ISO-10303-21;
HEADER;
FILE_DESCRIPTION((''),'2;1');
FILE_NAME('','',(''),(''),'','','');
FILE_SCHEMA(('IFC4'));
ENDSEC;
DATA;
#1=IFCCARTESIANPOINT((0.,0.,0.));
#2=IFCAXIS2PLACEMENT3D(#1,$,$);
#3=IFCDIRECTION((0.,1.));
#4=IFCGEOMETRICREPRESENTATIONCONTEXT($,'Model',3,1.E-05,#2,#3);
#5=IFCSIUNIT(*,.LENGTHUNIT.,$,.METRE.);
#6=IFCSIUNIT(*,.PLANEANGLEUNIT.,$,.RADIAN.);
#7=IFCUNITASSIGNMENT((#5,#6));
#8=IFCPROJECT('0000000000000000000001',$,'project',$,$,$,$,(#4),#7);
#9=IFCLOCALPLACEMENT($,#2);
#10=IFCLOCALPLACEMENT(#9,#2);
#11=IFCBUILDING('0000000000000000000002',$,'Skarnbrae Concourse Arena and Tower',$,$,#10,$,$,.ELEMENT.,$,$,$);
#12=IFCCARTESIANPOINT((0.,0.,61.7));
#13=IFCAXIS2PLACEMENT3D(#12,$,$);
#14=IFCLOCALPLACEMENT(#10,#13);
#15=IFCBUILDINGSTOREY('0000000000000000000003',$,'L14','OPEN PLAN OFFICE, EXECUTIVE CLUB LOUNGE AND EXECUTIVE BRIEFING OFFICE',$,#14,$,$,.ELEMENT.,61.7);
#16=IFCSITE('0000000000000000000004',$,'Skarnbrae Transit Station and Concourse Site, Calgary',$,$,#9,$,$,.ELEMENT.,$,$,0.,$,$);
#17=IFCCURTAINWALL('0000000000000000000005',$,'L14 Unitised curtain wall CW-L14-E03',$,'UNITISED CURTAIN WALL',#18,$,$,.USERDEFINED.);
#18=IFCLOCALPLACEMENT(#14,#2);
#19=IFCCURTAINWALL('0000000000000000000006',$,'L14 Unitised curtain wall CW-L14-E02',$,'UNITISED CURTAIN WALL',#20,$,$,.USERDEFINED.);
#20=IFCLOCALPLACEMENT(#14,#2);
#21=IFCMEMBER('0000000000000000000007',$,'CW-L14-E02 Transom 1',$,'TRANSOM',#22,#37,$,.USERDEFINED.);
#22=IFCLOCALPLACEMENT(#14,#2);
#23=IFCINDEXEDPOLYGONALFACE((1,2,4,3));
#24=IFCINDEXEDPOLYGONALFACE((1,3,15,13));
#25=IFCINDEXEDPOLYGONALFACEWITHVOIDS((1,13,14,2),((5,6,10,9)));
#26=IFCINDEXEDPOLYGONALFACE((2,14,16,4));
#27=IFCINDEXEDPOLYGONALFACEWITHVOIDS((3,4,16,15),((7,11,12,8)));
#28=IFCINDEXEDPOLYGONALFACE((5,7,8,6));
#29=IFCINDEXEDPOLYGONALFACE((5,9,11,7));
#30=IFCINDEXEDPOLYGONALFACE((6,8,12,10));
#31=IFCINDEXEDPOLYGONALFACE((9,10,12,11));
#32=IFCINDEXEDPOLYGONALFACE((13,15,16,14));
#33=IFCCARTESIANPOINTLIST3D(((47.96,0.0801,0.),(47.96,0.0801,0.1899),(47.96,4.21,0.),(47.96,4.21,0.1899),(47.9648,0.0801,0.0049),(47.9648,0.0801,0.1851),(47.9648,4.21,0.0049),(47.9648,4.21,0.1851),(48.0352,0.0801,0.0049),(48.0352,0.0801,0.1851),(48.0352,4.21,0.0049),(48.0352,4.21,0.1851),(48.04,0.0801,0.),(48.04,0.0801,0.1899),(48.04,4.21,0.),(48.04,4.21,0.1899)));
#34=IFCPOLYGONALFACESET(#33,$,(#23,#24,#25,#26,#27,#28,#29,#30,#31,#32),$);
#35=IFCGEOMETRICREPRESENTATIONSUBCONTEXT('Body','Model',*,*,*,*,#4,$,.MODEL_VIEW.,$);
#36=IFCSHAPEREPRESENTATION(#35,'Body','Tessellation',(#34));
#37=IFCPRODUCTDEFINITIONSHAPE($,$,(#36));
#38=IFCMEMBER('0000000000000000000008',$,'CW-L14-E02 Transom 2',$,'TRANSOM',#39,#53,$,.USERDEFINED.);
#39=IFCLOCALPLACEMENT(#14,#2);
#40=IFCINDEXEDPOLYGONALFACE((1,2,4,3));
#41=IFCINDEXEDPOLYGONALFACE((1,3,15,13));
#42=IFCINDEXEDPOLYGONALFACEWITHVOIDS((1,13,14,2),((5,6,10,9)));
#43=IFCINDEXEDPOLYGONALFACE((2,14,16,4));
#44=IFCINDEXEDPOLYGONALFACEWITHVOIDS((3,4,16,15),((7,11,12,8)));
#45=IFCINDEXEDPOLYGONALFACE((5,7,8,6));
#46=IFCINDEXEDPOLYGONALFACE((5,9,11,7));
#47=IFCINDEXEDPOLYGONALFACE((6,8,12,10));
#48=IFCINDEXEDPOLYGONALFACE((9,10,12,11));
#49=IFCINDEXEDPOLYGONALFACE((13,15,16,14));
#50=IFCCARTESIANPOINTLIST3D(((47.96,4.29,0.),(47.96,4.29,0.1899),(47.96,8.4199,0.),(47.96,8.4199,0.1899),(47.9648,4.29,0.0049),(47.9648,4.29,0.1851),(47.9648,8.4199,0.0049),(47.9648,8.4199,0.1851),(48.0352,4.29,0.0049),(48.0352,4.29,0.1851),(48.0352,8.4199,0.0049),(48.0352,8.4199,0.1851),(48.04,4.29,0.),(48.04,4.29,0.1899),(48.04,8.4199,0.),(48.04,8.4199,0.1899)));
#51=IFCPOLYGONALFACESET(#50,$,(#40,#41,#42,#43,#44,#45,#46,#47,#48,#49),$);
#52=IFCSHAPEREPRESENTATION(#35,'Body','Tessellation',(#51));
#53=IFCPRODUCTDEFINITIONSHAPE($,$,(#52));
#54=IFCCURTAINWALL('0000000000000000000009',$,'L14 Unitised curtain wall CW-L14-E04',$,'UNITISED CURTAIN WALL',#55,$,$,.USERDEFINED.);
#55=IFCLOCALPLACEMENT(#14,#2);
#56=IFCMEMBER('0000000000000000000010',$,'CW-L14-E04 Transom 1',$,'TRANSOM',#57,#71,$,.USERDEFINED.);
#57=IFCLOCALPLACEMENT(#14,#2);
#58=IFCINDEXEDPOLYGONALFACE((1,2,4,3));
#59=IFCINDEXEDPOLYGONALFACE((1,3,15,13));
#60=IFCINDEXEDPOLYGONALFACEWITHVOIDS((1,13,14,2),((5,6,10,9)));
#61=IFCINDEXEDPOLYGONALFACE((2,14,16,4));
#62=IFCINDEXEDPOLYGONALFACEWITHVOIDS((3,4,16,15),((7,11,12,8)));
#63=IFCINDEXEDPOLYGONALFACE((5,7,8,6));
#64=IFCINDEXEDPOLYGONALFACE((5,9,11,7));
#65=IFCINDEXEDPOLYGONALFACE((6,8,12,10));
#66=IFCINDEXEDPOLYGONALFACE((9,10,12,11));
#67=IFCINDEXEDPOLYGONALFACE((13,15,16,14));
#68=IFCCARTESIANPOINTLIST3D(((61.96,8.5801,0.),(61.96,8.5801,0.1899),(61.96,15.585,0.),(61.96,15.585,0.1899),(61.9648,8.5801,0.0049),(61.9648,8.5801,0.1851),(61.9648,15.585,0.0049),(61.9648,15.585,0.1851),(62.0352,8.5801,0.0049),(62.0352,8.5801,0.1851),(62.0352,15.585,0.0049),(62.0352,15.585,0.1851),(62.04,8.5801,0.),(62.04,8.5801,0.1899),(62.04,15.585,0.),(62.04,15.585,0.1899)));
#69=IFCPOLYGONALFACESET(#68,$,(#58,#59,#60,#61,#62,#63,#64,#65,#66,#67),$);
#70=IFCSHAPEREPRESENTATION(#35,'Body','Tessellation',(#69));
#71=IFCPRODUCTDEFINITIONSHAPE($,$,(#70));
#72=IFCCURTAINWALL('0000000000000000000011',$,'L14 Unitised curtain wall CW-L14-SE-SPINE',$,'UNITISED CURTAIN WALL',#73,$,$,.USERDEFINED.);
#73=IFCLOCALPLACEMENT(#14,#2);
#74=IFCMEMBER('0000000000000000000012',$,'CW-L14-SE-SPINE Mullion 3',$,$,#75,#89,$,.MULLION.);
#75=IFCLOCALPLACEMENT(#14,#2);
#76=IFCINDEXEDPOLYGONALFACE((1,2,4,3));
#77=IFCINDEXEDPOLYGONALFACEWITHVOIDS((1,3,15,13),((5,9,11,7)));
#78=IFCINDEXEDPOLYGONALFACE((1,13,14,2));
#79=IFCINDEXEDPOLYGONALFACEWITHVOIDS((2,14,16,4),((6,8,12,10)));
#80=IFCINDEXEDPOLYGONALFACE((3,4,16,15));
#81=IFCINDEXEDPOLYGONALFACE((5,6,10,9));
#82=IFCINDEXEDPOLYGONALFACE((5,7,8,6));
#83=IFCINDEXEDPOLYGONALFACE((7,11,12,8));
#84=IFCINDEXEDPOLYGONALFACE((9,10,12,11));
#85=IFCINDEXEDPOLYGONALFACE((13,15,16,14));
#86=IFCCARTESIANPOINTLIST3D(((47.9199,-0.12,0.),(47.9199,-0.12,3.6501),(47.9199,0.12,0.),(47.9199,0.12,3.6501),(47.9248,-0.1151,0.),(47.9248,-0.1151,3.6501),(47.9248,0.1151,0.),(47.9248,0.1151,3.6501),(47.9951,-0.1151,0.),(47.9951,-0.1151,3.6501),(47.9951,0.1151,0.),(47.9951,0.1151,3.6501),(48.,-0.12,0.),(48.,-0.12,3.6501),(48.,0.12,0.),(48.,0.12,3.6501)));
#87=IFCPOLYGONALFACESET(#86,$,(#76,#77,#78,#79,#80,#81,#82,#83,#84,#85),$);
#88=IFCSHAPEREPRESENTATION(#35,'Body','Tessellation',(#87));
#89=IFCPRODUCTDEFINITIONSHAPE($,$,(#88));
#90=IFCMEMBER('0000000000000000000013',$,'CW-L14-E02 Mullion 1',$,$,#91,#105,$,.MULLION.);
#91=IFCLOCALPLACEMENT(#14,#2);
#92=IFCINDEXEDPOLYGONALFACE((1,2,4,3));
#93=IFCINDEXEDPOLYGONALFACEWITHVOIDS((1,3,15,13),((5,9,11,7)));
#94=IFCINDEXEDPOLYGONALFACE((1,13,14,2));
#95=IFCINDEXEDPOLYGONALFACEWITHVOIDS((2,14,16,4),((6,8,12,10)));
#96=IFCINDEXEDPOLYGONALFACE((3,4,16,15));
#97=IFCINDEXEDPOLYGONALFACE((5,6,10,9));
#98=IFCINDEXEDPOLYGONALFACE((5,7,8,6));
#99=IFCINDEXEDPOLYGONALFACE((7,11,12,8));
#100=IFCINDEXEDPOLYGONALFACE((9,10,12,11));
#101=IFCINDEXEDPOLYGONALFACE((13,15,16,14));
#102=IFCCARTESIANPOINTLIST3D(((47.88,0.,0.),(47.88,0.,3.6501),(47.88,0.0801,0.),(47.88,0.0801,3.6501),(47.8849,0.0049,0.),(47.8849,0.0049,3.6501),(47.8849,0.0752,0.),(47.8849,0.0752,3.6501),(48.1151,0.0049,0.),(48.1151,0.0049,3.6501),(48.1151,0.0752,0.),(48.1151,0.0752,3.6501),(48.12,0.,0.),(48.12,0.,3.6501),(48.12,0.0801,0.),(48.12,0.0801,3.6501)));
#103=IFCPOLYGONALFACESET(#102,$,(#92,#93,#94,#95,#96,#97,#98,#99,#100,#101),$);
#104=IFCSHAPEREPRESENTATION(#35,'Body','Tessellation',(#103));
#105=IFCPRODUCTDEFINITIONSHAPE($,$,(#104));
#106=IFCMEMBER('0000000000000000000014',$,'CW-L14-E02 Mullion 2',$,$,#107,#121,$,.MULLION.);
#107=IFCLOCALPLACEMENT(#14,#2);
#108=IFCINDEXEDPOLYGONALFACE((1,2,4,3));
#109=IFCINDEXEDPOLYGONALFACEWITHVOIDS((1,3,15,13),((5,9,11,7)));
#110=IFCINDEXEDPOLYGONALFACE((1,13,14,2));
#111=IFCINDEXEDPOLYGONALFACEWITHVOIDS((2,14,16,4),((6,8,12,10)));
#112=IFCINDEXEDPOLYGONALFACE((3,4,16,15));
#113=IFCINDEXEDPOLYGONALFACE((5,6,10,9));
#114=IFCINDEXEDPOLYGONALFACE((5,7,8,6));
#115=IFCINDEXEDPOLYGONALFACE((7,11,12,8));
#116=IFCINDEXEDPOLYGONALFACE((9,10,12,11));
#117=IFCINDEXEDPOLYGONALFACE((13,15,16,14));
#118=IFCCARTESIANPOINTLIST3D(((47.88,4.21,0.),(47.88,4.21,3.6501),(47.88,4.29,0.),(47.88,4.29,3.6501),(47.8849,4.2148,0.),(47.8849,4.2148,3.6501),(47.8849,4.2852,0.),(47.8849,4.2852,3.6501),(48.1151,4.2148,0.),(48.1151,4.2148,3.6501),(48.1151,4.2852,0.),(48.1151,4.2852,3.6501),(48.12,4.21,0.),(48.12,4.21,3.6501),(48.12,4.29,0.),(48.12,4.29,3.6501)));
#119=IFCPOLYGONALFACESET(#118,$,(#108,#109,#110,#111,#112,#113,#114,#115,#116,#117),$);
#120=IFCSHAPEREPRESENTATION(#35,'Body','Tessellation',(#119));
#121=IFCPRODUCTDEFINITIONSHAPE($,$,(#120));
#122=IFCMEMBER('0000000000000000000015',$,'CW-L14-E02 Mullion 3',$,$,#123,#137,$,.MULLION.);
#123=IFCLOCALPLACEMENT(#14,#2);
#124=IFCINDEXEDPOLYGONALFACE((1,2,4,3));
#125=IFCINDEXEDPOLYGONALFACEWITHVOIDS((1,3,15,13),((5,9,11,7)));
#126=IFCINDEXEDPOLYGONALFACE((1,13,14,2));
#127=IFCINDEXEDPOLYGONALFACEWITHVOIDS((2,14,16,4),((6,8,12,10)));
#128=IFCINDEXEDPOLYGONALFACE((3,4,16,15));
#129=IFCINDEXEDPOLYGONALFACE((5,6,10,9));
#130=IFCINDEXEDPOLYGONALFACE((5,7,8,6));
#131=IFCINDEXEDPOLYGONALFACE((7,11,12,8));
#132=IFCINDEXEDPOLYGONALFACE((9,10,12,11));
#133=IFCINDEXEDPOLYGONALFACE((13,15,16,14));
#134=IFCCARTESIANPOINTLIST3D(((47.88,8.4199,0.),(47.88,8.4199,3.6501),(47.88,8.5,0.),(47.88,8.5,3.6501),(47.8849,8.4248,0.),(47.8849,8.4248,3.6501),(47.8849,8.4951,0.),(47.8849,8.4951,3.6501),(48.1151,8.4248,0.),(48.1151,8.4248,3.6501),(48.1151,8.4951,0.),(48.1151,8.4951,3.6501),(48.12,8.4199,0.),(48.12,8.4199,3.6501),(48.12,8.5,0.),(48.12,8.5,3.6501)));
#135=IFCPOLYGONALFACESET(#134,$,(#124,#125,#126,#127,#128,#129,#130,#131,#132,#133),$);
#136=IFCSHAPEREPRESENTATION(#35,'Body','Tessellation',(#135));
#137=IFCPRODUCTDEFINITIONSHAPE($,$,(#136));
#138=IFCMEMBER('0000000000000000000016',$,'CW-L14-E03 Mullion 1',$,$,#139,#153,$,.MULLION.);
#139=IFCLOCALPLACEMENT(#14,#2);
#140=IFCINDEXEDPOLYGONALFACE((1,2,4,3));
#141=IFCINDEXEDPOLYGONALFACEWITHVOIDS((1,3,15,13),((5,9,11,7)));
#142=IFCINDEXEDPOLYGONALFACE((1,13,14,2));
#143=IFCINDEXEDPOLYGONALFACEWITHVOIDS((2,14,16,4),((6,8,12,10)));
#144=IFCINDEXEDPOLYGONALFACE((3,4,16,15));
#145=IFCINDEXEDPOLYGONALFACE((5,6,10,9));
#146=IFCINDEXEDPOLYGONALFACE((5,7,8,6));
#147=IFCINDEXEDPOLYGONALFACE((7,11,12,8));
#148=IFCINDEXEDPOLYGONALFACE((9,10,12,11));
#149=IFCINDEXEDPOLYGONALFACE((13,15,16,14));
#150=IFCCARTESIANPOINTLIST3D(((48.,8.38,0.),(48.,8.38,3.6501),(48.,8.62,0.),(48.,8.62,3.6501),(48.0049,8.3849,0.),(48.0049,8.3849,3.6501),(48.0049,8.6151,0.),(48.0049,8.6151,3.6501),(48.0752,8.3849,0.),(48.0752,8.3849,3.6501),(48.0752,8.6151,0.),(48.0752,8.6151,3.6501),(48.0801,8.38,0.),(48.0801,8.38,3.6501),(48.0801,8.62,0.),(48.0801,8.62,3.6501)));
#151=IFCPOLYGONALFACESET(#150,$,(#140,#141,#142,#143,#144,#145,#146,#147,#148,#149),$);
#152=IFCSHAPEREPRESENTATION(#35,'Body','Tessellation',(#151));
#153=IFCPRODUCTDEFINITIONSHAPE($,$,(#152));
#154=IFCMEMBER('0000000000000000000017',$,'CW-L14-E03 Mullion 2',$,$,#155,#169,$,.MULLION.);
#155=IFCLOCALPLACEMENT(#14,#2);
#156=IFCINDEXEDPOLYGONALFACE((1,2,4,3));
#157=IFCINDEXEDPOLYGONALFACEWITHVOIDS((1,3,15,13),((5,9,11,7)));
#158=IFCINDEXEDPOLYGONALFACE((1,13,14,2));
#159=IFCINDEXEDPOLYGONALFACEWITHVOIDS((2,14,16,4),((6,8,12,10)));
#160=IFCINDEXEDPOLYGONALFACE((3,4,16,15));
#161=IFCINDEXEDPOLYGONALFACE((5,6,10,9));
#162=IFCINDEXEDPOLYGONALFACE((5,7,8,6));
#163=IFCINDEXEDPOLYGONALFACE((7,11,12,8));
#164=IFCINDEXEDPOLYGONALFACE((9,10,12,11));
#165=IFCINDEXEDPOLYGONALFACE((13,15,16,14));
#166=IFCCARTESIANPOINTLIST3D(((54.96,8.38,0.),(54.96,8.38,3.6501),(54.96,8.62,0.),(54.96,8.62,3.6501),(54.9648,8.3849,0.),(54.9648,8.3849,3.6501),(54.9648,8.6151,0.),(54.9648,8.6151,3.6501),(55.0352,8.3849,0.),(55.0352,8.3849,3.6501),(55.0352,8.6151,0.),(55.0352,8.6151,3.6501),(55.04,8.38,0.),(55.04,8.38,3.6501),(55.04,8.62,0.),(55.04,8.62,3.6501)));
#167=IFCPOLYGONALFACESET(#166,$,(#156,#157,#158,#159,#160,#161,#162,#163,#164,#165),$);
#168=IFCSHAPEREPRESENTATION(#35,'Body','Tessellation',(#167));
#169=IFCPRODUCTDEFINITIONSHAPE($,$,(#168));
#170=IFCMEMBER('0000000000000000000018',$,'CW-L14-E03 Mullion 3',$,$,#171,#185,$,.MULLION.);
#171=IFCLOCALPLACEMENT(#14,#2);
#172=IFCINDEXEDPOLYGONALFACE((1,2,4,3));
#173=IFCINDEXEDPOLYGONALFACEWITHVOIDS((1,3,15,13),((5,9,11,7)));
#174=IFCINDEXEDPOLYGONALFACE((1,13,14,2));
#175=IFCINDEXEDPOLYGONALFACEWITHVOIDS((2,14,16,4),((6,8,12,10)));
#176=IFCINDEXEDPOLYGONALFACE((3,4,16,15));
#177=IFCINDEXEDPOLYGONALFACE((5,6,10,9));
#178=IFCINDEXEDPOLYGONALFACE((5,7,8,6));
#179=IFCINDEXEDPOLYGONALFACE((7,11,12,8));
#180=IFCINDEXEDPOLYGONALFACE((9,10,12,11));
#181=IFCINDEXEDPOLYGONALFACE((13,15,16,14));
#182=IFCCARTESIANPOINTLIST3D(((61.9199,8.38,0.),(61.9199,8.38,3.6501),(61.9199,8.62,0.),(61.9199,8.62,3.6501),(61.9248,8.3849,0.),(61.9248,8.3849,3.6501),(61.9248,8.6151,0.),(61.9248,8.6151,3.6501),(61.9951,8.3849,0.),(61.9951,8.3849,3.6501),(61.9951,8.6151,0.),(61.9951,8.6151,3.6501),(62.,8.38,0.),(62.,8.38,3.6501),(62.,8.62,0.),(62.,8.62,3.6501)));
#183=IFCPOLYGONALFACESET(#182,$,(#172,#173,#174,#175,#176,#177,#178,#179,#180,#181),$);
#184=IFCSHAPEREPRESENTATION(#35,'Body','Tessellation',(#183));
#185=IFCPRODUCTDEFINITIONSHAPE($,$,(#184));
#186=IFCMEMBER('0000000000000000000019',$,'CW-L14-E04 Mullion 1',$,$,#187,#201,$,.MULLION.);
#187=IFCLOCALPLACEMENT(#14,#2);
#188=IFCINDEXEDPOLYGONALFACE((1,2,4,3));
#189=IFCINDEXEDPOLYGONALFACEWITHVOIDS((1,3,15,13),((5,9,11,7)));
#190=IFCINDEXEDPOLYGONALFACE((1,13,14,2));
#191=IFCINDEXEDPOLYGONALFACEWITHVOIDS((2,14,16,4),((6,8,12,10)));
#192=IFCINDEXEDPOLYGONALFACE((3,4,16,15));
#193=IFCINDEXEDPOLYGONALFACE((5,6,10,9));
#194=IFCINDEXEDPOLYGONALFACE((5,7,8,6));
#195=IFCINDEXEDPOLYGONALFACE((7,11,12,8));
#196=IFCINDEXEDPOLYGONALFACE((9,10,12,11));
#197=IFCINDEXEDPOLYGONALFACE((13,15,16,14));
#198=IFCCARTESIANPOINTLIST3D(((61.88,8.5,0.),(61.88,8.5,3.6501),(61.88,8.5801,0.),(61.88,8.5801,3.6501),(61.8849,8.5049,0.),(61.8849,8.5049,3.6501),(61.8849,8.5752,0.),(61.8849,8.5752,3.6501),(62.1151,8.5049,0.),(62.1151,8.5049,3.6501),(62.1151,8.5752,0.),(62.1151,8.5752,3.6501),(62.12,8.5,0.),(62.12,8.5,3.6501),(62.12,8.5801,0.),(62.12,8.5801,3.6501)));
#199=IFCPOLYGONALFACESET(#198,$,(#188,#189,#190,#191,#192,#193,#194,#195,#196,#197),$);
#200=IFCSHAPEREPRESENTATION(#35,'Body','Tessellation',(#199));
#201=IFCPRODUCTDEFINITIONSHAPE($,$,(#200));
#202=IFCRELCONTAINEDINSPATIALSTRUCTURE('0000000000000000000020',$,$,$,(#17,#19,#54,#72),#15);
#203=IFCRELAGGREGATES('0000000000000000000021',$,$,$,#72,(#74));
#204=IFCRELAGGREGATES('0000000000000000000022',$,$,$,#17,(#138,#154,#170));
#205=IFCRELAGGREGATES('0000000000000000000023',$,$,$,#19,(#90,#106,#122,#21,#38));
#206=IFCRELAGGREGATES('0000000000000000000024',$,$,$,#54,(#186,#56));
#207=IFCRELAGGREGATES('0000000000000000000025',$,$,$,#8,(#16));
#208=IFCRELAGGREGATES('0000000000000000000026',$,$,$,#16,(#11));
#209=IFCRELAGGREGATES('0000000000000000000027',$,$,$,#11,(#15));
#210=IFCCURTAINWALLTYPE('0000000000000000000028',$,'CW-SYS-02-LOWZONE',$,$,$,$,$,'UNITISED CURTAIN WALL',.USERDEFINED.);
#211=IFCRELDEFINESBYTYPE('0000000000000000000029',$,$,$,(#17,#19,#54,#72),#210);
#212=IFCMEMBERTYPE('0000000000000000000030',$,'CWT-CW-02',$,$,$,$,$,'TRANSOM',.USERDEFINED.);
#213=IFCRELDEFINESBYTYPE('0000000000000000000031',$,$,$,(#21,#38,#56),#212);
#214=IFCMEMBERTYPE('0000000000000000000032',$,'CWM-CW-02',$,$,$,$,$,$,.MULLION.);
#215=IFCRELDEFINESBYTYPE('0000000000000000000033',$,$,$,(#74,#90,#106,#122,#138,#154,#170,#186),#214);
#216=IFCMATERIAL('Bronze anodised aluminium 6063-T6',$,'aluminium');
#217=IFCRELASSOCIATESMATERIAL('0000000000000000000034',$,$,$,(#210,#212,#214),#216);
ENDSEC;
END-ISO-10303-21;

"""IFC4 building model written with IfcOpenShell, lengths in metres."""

from ifc_helpers import new_model, si_unit, direction, frame, origin, origin_2d, place, context, subcontext, project, spatial, hollow_rectangle, extrude, source, transform, mapped, material, material_profile, profile_set, type_object, element, aggregate, save


model = new_model("IFC4")

# Units and contexts
model_context = context("Model", 3, precision=1e-05, world=origin(), true_north=direction((0.0, 1.0)))
body_context = subcontext(model_context, "Body", "Model", "MODEL_VIEW")
ifc_project = project(units=[si_unit("LENGTHUNIT", "METRE"), si_unit("PLANEANGLEUNIT", "RADIAN")], contexts=[model_context])

# Site, building, storey
site_placement = place(None, origin())
site = spatial("IfcSite", under=ifc_project, at=site_placement, Name="Skarnbrae Transit Station and Concourse Site, Calgary", CompositionType="ELEMENT", RefElevation=0.0)
building_placement = place(site_placement, origin())
building = spatial("IfcBuilding", under=site, at=building_placement, Name="Skarnbrae Concourse Arena and Tower", CompositionType="ELEMENT")
storey_placement = place(building_placement, frame((0.0, 0.0, 61.7)))
storey = spatial("IfcBuildingStorey", under=building, at=storey_placement, Name="L14", Description="OPEN PLAN OFFICE, EXECUTIVE CLUB LOUNGE AND EXECUTIVE BRIEFING OFFICE", CompositionType="ELEMENT", Elevation=61.7)

# Curtain walls, members
ifc_material_1 = material(Name="Bronze anodised aluminium 6063-T6", Category="aluminium")
curtain_wall_type = type_object("IfcCurtainWallType", Name="CW-SYS-02-LOWZONE", ElementType="UNITISED CURTAIN WALL", PredefinedType="USERDEFINED", material=ifc_material_1)
curtain_wall_1_placement = place(storey_placement, origin())
curtain_wall_1 = element("IfcCurtainWall", 1, at=curtain_wall_1_placement, inside=storey, type_object=curtain_wall_type, Name="L14 Unitised curtain wall CW-L14-E03", ObjectType="UNITISED CURTAIN WALL", PredefinedType="USERDEFINED")
ifc_material_profile_1 = material_profile(ifc_material_1, hollow_rectangle(XDim=0.0801, YDim=0.1899, WallThickness=0.0049, at=origin_2d()), Name="ALU-TRAN-80X190")
ifc_profile_set_1 = profile_set([ifc_material_profile_1], Name="Bronze anodised aluminium 6063-T6")
member_type_1 = type_object("IfcMemberType", Name="CWT-CW-02", ElementType="TRANSOM", PredefinedType="USERDEFINED", material=ifc_profile_set_1)
curtain_wall_2_placement = place(storey_placement, origin())
curtain_wall_2 = element("IfcCurtainWall", 2, at=curtain_wall_2_placement, inside=storey, type_object=curtain_wall_type, Name="L14 Unitised curtain wall CW-L14-E02", ObjectType="UNITISED CURTAIN WALL", PredefinedType="USERDEFINED")
shared_shape_1 = source(origin(), body_context, "Body", "SweptSolid", [
    extrude(hollow_rectangle(XDim=0.0801, YDim=0.1899, WallThickness=0.0049, at=origin_2d()), origin(), (0.0, 0.0, 1.0), 4.1299),
])
member_1_placement = place(storey_placement, frame((48.0, 0.0801, 0.095), z_axis=(0.0, 1.0, 0.0), x_axis=(-1.0, 0.0, 0.0)))
member_1 = element("IfcMember", 3, at=member_1_placement, type_object=member_type_1, Name="CW-L14-E02 Transom 1", ObjectType="TRANSOM", PredefinedType="USERDEFINED", context=body_context, shape_type="MappedRepresentation", body=[
    mapped(shared_shape_1, transform((0.0, 0.0, 0.0))),
])
member_2_placement = place(storey_placement, frame((48.0, 4.29, 0.095), z_axis=(0.0, 1.0, 0.0), x_axis=(-1.0, 0.0, 0.0)))
member_2 = element("IfcMember", 4, at=member_2_placement, type_object=member_type_1, Name="CW-L14-E02 Transom 2", ObjectType="TRANSOM", PredefinedType="USERDEFINED", context=body_context, shape_type="MappedRepresentation", body=[
    mapped(shared_shape_1, transform((0.0, 0.0, 0.0))),
])

# Curtain walls, members
curtain_wall_3_placement = place(storey_placement, origin())
curtain_wall_3 = element("IfcCurtainWall", 5, at=curtain_wall_3_placement, inside=storey, type_object=curtain_wall_type, Name="L14 Unitised curtain wall CW-L14-E04", ObjectType="UNITISED CURTAIN WALL", PredefinedType="USERDEFINED")
shared_shape_2 = source(origin(), body_context, "Body", "SweptSolid", [
    extrude(hollow_rectangle(XDim=0.0801, YDim=0.1899, WallThickness=0.0049, at=origin_2d()), origin(), (0.0, 0.0, 1.0), 7.0049),
])
member_3_placement = place(storey_placement, frame((62.0, 8.5801, 0.095), z_axis=(0.0, 1.0, 0.0), x_axis=(-1.0, 0.0, 0.0)))
member_3 = element("IfcMember", 6, at=member_3_placement, type_object=member_type_1, Name="CW-L14-E04 Transom 1", ObjectType="TRANSOM", PredefinedType="USERDEFINED", context=body_context, shape_type="MappedRepresentation", body=[
    mapped(shared_shape_2, transform((0.0, 0.0, 0.0))),
])
curtain_wall_4_placement = place(storey_placement, origin())
curtain_wall_4 = element("IfcCurtainWall", 7, at=curtain_wall_4_placement, inside=storey, type_object=curtain_wall_type, Name="L14 Unitised curtain wall CW-L14-SE-SPINE", ObjectType="UNITISED CURTAIN WALL", PredefinedType="USERDEFINED")
ifc_material_profile_2 = material_profile(ifc_material_1, hollow_rectangle(XDim=0.0801, YDim=0.24, WallThickness=0.0049, at=origin_2d()), Name="ALU-MULL-80X240")
ifc_profile_set_2 = profile_set([ifc_material_profile_2], Name="Bronze anodised aluminium 6063-T6")
member_type_2 = type_object("IfcMemberType", Name="CWM-CW-02", PredefinedType="MULLION", material=ifc_profile_set_2)
shared_shape_3 = source(origin(), body_context, "Body", "SweptSolid", [
    extrude(hollow_rectangle(XDim=0.0801, YDim=0.24, WallThickness=0.0049, at=origin_2d()), origin(), (0.0, 0.0, 1.0), 3.6501),
])
member_4_placement = place(storey_placement, frame((47.96, 0.0, 0.0), z_axis=(0.0, 0.0, 1.0), x_axis=(1.0, 0.0, 0.0)))
member_4 = element("IfcMember", 8, at=member_4_placement, type_object=member_type_2, Name="CW-L14-SE-SPINE Mullion 3", PredefinedType="MULLION", context=body_context, shape_type="MappedRepresentation", body=[
    mapped(shared_shape_3, transform((0.0, 0.0, 0.0))),
])
aggregate(curtain_wall_4, [member_4])

# Members
member_5_placement = place(storey_placement, frame((48.0, 0.04, 0.0), z_axis=(0.0, 0.0, 1.0), x_axis=(0.0, 1.0, 0.0)))
member_5 = element("IfcMember", 9, at=member_5_placement, type_object=member_type_2, Name="CW-L14-E02 Mullion 1", PredefinedType="MULLION", context=body_context, shape_type="MappedRepresentation", body=[
    mapped(shared_shape_3, transform((0.0, 0.0, 0.0))),
])
member_6_placement = place(storey_placement, frame((48.0, 4.25, 0.0), z_axis=(0.0, 0.0, 1.0), x_axis=(0.0, 1.0, 0.0)))
member_6 = element("IfcMember", 10, at=member_6_placement, type_object=member_type_2, Name="CW-L14-E02 Mullion 2", PredefinedType="MULLION", context=body_context, shape_type="MappedRepresentation", body=[
    mapped(shared_shape_3, transform((0.0, 0.0, 0.0))),
])
member_7_placement = place(storey_placement, frame((48.0, 8.46, 0.0), z_axis=(0.0, 0.0, 1.0), x_axis=(0.0, 1.0, 0.0)))
member_7 = element("IfcMember", 11, at=member_7_placement, type_object=member_type_2, Name="CW-L14-E02 Mullion 3", PredefinedType="MULLION", context=body_context, shape_type="MappedRepresentation", body=[
    mapped(shared_shape_3, transform((0.0, 0.0, 0.0))),
])
member_8_placement = place(storey_placement, frame((48.04, 8.5, 0.0), z_axis=(0.0, 0.0, 1.0), x_axis=(1.0, 0.0, 0.0)))
member_8 = element("IfcMember", 12, at=member_8_placement, type_object=member_type_2, Name="CW-L14-E03 Mullion 1", PredefinedType="MULLION", context=body_context, shape_type="MappedRepresentation", body=[
    mapped(shared_shape_3, transform((0.0, 0.0, 0.0))),
])
member_9_placement = place(storey_placement, frame((55.0, 8.5, 0.0), z_axis=(0.0, 0.0, 1.0), x_axis=(1.0, 0.0, 0.0)))
member_9 = element("IfcMember", 13, at=member_9_placement, type_object=member_type_2, Name="CW-L14-E03 Mullion 2", PredefinedType="MULLION", context=body_context, shape_type="MappedRepresentation", body=[
    mapped(shared_shape_3, transform((0.0, 0.0, 0.0))),
])
member_10_placement = place(storey_placement, frame((61.96, 8.5, 0.0), z_axis=(0.0, 0.0, 1.0), x_axis=(1.0, 0.0, 0.0)))
member_10 = element("IfcMember", 14, at=member_10_placement, type_object=member_type_2, Name="CW-L14-E03 Mullion 3", PredefinedType="MULLION", context=body_context, shape_type="MappedRepresentation", body=[
    mapped(shared_shape_3, transform((0.0, 0.0, 0.0))),
])
member_11_placement = place(storey_placement, frame((62.0, 8.54, 0.0), z_axis=(0.0, 0.0, 1.0), x_axis=(0.0, 1.0, 0.0)))
member_11 = element("IfcMember", 15, at=member_11_placement, type_object=member_type_2, Name="CW-L14-E04 Mullion 1", PredefinedType="MULLION", context=body_context, shape_type="MappedRepresentation", body=[
    mapped(shared_shape_3, transform((0.0, 0.0, 0.0))),
])

aggregate(curtain_wall_1, [member_8, member_9, member_10])
aggregate(curtain_wall_2, [member_5, member_6, member_7, member_1, member_2])
aggregate(curtain_wall_3, [member_11, member_3])

save(model, "model.ifc")
